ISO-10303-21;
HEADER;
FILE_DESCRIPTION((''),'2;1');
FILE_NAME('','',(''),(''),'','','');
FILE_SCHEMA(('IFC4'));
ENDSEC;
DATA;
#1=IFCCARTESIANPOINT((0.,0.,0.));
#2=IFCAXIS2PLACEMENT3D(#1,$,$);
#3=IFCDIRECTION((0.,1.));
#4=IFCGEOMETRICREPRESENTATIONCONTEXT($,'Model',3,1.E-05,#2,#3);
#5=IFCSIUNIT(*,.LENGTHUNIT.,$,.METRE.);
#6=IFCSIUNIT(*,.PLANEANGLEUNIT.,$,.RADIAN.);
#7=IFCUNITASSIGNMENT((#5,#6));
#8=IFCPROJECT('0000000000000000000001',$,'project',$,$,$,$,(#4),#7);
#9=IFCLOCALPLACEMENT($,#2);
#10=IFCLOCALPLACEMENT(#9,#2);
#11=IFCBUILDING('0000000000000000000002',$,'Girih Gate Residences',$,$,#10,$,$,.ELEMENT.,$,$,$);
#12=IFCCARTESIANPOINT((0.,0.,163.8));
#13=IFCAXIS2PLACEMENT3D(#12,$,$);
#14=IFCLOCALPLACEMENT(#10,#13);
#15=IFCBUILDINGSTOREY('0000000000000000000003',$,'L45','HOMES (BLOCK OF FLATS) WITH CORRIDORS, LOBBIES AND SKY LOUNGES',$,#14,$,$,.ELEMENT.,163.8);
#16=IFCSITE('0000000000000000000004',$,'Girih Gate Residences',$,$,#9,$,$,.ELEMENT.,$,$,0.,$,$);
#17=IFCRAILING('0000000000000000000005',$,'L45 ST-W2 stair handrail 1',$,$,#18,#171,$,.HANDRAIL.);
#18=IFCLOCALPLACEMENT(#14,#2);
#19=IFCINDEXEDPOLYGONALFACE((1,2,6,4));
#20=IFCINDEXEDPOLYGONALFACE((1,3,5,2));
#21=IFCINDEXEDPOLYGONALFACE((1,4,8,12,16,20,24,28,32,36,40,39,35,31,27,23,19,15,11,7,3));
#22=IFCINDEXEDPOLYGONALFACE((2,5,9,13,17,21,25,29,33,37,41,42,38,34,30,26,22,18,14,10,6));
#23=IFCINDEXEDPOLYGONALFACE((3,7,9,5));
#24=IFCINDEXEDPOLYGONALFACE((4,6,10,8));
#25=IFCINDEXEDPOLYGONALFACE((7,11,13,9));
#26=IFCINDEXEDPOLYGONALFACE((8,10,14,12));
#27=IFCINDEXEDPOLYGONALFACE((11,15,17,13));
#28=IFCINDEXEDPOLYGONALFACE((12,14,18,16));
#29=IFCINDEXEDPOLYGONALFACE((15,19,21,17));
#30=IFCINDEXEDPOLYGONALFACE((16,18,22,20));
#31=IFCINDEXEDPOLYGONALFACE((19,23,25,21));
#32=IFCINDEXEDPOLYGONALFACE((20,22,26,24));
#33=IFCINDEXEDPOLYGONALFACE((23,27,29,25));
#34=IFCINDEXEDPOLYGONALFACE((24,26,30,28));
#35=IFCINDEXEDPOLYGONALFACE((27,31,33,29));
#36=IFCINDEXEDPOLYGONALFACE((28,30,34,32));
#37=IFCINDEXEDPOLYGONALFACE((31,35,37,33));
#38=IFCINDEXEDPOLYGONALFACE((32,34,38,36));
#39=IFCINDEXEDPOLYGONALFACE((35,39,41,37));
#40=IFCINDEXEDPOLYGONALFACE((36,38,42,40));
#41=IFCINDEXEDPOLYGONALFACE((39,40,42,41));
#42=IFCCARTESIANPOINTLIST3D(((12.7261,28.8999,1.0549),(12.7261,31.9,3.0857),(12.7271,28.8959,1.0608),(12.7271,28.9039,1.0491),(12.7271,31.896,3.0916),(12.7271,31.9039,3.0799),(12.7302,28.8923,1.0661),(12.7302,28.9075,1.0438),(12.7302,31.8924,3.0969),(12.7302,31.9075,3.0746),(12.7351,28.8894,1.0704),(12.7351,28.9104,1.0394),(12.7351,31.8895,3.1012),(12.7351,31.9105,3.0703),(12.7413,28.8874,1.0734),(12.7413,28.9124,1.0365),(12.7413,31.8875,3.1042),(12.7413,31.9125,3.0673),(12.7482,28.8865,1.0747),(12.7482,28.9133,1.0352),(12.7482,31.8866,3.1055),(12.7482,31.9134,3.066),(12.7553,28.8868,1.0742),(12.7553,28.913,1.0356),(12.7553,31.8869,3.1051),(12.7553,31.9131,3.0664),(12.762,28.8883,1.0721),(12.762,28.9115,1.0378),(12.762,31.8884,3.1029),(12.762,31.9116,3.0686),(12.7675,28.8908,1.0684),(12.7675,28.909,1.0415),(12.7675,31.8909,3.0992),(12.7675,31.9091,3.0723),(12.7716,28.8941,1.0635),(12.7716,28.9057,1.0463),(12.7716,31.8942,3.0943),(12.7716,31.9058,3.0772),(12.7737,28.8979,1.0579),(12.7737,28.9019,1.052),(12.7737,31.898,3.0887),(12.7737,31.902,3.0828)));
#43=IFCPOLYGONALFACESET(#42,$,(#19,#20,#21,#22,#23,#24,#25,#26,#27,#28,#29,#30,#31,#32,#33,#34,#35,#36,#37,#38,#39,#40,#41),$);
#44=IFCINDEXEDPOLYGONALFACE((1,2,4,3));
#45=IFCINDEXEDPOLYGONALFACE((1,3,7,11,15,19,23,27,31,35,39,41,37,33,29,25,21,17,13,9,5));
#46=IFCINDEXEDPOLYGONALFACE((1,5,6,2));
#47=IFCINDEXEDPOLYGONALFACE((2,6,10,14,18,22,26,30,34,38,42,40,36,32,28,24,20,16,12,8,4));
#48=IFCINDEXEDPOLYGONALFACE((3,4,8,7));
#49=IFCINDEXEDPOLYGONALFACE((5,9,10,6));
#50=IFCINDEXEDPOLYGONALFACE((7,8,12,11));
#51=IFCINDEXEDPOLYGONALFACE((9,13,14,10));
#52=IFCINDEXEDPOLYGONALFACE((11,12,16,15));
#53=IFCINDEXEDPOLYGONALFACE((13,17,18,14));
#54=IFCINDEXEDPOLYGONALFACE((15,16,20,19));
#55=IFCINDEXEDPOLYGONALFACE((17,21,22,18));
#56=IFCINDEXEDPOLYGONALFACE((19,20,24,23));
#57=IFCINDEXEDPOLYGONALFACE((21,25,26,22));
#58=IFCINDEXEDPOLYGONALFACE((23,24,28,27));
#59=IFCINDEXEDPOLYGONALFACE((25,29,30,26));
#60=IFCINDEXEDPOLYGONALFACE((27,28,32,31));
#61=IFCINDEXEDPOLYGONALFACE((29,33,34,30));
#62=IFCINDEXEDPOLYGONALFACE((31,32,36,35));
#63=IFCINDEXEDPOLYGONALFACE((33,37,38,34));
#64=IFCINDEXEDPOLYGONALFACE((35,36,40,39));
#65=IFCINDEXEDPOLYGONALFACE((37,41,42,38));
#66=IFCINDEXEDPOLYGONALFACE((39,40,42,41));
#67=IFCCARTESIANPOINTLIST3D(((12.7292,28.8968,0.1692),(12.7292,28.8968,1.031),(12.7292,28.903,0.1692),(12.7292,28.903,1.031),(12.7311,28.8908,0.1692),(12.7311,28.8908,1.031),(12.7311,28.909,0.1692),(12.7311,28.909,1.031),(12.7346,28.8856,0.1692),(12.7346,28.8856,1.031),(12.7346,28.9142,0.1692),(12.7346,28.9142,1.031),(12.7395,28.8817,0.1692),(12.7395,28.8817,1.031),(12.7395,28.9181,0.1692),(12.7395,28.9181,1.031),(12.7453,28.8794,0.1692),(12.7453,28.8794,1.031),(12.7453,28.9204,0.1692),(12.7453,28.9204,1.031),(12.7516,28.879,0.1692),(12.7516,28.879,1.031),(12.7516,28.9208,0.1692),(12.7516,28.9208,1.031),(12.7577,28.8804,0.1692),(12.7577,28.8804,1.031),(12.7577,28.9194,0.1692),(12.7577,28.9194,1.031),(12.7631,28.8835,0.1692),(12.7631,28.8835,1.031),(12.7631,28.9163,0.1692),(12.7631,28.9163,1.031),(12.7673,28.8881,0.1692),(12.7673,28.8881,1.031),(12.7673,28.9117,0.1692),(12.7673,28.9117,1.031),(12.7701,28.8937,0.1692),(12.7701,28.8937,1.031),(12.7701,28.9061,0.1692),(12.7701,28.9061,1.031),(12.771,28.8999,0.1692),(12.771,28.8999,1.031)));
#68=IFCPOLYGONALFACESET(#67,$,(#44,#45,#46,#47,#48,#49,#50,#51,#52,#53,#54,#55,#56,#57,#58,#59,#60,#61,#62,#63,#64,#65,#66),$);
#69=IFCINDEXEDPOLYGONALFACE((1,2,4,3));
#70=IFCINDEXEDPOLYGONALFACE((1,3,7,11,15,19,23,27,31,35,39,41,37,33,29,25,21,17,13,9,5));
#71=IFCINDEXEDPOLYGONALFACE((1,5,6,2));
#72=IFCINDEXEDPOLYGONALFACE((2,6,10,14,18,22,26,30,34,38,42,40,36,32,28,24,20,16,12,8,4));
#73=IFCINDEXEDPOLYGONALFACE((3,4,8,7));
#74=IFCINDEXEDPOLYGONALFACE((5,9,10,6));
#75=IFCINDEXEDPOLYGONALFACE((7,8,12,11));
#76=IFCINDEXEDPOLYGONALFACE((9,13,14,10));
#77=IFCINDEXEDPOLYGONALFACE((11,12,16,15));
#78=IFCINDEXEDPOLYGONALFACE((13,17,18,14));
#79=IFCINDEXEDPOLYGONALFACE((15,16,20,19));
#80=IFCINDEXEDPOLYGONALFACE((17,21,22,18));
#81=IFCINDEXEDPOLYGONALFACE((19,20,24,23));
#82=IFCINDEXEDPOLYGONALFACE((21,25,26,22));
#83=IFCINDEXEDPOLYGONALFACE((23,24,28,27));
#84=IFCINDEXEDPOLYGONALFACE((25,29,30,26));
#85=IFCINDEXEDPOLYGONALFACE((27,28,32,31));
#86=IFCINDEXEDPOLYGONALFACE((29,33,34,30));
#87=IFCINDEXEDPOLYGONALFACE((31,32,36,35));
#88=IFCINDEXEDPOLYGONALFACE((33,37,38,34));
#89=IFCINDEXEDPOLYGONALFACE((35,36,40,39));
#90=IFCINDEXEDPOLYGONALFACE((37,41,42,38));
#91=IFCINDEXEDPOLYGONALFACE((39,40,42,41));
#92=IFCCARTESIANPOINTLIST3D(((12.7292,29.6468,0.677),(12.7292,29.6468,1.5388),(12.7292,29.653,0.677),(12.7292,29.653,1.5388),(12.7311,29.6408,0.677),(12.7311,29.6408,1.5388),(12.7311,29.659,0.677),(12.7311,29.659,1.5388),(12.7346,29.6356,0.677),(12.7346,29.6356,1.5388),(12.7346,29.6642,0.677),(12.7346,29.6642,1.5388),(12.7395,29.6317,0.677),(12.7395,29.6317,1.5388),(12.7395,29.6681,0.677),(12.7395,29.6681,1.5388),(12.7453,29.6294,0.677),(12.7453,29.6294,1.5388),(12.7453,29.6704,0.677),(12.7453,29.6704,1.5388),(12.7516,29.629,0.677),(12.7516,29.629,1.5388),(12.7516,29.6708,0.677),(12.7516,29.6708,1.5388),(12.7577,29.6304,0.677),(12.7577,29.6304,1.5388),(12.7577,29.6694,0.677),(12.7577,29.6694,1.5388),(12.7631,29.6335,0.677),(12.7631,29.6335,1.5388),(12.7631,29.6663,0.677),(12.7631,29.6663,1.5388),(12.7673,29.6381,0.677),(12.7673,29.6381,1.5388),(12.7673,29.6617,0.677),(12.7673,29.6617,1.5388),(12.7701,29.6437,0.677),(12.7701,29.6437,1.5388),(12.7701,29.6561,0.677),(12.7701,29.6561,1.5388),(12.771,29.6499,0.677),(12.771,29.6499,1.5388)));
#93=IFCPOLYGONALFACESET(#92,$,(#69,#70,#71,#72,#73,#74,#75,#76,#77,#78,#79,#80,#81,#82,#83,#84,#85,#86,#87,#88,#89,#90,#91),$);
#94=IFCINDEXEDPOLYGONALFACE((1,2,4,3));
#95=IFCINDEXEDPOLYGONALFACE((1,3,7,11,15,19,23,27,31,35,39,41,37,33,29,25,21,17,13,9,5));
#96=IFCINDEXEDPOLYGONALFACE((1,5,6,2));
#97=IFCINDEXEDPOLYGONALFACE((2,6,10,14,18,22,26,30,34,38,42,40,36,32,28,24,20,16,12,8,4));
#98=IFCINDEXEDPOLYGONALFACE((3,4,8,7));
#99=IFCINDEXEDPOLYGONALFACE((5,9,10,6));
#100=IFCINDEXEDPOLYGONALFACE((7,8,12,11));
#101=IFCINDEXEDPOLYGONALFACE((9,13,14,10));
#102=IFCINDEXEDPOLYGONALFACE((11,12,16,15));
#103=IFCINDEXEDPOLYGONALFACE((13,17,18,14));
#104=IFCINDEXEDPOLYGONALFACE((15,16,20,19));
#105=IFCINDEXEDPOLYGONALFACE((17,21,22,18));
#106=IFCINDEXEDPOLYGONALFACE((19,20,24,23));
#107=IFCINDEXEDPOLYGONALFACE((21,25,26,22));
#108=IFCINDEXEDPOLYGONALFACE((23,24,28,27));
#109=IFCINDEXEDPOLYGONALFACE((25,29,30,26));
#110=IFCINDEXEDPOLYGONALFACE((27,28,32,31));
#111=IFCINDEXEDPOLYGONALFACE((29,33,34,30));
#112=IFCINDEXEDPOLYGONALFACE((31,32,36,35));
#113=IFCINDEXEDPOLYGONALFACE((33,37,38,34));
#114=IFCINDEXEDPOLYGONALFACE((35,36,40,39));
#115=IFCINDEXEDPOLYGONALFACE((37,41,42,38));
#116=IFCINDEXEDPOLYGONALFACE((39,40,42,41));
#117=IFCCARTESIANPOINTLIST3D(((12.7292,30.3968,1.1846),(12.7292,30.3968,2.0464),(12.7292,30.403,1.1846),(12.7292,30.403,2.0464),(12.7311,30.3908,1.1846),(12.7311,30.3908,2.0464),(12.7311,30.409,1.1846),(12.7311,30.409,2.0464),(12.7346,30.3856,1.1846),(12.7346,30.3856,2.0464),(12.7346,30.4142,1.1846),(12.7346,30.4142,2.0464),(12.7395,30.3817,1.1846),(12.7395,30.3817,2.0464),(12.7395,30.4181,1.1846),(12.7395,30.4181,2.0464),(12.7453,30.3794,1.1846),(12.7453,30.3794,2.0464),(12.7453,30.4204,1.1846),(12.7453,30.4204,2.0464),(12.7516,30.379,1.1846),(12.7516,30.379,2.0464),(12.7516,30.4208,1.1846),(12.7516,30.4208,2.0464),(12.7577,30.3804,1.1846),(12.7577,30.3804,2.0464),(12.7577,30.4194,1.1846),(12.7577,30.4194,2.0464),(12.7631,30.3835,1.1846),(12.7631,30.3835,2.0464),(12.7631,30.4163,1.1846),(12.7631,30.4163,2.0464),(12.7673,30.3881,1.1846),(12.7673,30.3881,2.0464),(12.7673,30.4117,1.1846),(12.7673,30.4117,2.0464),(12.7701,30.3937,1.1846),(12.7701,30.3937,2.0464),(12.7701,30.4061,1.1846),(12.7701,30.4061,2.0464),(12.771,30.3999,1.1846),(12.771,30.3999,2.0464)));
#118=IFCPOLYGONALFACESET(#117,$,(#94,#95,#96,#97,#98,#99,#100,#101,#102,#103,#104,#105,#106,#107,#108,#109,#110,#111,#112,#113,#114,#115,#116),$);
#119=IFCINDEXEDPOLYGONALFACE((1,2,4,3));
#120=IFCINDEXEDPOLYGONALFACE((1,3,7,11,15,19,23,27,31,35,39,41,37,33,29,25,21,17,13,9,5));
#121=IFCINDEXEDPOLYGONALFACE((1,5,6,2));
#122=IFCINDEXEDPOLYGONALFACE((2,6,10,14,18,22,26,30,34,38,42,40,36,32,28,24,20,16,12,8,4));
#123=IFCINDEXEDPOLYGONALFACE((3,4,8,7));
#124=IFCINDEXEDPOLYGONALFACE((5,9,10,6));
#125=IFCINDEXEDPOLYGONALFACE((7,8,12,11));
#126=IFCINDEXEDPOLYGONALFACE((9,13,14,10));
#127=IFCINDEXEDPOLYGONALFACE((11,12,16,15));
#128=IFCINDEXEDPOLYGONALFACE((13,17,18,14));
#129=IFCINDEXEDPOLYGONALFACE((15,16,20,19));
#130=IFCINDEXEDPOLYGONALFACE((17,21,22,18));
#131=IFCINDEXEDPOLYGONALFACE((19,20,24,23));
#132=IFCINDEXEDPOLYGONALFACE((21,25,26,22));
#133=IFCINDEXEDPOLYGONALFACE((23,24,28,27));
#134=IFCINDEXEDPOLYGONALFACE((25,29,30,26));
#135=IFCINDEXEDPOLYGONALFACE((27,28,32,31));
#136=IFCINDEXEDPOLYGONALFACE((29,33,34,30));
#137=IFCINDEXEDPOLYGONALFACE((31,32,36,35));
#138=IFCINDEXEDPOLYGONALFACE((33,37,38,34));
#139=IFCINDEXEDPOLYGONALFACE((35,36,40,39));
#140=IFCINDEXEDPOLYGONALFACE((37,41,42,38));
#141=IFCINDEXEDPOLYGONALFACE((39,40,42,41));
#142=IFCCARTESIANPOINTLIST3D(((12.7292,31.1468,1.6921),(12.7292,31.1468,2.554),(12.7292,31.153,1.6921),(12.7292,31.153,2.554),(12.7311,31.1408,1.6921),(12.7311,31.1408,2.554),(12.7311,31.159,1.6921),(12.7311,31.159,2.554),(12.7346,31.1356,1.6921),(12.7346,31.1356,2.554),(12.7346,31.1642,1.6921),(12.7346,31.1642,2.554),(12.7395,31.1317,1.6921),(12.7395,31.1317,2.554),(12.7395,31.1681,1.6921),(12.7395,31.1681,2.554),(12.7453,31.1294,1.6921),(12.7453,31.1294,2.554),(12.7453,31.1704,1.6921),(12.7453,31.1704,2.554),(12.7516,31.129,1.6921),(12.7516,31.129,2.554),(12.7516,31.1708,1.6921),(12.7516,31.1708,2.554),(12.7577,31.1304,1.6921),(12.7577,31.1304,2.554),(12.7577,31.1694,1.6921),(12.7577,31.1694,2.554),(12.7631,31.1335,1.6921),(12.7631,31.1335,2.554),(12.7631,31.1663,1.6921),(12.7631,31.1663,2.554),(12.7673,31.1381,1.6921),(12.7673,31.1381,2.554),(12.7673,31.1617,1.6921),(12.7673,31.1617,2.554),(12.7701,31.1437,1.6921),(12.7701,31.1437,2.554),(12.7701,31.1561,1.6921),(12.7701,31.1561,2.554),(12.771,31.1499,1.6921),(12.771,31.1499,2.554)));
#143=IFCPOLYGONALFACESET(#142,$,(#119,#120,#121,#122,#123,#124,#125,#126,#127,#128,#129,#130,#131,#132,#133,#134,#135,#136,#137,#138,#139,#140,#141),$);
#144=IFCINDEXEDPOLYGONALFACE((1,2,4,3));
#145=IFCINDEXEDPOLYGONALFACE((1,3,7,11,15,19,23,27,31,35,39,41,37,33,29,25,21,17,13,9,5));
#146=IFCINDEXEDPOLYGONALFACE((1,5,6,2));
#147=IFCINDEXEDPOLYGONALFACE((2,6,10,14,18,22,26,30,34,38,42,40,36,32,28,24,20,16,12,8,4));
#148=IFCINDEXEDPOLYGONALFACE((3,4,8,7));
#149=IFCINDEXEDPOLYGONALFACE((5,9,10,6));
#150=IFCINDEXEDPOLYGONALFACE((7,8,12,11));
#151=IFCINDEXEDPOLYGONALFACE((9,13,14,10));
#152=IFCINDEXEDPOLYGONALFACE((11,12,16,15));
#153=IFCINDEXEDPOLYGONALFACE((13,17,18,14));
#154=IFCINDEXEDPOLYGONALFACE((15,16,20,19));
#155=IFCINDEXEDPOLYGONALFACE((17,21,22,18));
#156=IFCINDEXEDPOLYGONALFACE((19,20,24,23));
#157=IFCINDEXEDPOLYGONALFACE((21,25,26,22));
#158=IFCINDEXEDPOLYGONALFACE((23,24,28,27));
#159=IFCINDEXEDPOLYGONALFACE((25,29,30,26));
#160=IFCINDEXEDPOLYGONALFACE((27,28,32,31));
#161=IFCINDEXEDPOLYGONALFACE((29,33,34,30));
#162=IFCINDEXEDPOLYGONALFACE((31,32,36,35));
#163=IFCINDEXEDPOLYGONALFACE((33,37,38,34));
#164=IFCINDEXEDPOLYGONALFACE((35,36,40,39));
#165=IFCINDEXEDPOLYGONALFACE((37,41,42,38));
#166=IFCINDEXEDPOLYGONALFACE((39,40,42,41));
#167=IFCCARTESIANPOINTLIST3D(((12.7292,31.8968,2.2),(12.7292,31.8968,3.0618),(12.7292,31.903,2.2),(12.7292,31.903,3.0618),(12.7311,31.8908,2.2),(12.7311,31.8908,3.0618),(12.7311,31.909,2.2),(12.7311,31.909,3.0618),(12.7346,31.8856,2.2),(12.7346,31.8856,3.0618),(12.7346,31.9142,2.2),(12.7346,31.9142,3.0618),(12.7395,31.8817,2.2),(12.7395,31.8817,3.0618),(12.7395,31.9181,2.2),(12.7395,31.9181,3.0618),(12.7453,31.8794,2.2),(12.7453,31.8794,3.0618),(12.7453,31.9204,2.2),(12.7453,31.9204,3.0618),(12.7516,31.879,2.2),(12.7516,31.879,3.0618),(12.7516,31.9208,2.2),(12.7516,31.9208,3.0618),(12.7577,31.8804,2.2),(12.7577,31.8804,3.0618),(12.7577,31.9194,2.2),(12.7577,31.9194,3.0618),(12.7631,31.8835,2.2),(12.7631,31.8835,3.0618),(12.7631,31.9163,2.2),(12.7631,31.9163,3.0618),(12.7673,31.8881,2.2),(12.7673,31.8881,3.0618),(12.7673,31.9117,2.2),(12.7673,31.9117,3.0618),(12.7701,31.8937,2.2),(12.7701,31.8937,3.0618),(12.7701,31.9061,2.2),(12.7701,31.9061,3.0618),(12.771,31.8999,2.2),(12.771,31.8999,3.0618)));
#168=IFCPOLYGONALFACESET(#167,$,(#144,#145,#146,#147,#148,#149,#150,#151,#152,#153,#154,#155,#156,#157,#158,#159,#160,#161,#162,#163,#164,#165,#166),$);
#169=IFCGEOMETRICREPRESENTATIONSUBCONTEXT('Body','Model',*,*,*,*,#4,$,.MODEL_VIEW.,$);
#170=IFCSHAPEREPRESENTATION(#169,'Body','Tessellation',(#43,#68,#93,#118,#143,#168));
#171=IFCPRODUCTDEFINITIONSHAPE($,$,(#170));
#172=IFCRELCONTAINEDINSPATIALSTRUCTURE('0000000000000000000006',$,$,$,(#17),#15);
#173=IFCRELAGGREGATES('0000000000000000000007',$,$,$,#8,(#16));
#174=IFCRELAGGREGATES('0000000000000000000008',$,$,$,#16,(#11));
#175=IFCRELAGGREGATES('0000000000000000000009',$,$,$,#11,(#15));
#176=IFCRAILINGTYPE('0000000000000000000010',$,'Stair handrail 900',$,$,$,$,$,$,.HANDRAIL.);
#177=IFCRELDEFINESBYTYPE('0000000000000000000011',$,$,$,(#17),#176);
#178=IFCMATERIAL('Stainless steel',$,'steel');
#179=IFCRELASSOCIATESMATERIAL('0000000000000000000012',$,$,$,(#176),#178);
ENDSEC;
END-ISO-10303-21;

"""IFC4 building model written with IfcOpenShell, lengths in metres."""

from ifc_helpers import new_model, si_unit, direction, frame, origin, origin_2d, place, context, subcontext, project, spatial, circle, extrude, material, type_object, element, save


model = new_model("IFC4")

# Units and contexts
model_context = context("Model", 3, precision=1e-05, world=origin(), true_north=direction((0.0, 1.0)))
body_context = subcontext(model_context, "Body", "Model", "MODEL_VIEW")
ifc_project = project(units=[si_unit("LENGTHUNIT", "METRE"), si_unit("PLANEANGLEUNIT", "RADIAN")], contexts=[model_context])

# Site, building, storey
site_placement = place(None, origin())
site = spatial("IfcSite", under=ifc_project, at=site_placement, Name="Girih Gate Residences", CompositionType="ELEMENT", RefElevation=0.0)
building_placement = place(site_placement, origin())
building = spatial("IfcBuilding", under=site, at=building_placement, Name="Girih Gate Residences", CompositionType="ELEMENT")
storey_placement = place(building_placement, frame((0.0, 0.0, 163.8)))
storey = spatial("IfcBuildingStorey", under=building, at=storey_placement, Name="L45", Description="HOMES (BLOCK OF FLATS) WITH CORRIDORS, LOBBIES AND SKY LOUNGES", CompositionType="ELEMENT", Elevation=163.8)

# Railing
ifc_material_1 = material(Name="Stainless steel", Category="steel")
railing_type_1 = type_object("IfcRailingType", Name="Stair handrail 900", PredefinedType="HANDRAIL", material=ifc_material_1)
railing_1_placement = place(storey_placement, frame((12.75, 28.8999, 0.1692)))
element("IfcRailing", 1, at=railing_1_placement, inside=storey, type_object=railing_type_1, Name="L45 ST-W2 stair handrail 1", PredefinedType="HANDRAIL", context=body_context, shape_type="SweptSolid", body=[
    extrude(circle(Radius=0.0239, at=origin_2d()), frame((0.0, 0.0, 0.8857), z_axis=(0.0, 0.82811, 0.560565), x_axis=(-1.0, 0.0, 0.0)), (0.0, 0.0, 1.0), 3.6228),
    extrude(circle(Radius=0.021, at=origin_2d()), origin(), (0.0, 0.0, 1.0), 0.8618),
    extrude(circle(Radius=0.021, at=origin_2d()), frame((0.0, 0.75, 0.5078)), (0.0, 0.0, 1.0), 0.8618),
    extrude(circle(Radius=0.021, at=origin_2d()), frame((0.0, 1.5, 1.0154)), (0.0, 0.0, 1.0), 0.8618),
    extrude(circle(Radius=0.021, at=origin_2d()), frame((0.0, 2.25, 1.5229)), (0.0, 0.0, 1.0), 0.8618),
    extrude(circle(Radius=0.021, at=origin_2d()), frame((0.0, 3.0, 2.0308)), (0.0, 0.0, 1.0), 0.8618),
])

save(model, "model.ifc")
